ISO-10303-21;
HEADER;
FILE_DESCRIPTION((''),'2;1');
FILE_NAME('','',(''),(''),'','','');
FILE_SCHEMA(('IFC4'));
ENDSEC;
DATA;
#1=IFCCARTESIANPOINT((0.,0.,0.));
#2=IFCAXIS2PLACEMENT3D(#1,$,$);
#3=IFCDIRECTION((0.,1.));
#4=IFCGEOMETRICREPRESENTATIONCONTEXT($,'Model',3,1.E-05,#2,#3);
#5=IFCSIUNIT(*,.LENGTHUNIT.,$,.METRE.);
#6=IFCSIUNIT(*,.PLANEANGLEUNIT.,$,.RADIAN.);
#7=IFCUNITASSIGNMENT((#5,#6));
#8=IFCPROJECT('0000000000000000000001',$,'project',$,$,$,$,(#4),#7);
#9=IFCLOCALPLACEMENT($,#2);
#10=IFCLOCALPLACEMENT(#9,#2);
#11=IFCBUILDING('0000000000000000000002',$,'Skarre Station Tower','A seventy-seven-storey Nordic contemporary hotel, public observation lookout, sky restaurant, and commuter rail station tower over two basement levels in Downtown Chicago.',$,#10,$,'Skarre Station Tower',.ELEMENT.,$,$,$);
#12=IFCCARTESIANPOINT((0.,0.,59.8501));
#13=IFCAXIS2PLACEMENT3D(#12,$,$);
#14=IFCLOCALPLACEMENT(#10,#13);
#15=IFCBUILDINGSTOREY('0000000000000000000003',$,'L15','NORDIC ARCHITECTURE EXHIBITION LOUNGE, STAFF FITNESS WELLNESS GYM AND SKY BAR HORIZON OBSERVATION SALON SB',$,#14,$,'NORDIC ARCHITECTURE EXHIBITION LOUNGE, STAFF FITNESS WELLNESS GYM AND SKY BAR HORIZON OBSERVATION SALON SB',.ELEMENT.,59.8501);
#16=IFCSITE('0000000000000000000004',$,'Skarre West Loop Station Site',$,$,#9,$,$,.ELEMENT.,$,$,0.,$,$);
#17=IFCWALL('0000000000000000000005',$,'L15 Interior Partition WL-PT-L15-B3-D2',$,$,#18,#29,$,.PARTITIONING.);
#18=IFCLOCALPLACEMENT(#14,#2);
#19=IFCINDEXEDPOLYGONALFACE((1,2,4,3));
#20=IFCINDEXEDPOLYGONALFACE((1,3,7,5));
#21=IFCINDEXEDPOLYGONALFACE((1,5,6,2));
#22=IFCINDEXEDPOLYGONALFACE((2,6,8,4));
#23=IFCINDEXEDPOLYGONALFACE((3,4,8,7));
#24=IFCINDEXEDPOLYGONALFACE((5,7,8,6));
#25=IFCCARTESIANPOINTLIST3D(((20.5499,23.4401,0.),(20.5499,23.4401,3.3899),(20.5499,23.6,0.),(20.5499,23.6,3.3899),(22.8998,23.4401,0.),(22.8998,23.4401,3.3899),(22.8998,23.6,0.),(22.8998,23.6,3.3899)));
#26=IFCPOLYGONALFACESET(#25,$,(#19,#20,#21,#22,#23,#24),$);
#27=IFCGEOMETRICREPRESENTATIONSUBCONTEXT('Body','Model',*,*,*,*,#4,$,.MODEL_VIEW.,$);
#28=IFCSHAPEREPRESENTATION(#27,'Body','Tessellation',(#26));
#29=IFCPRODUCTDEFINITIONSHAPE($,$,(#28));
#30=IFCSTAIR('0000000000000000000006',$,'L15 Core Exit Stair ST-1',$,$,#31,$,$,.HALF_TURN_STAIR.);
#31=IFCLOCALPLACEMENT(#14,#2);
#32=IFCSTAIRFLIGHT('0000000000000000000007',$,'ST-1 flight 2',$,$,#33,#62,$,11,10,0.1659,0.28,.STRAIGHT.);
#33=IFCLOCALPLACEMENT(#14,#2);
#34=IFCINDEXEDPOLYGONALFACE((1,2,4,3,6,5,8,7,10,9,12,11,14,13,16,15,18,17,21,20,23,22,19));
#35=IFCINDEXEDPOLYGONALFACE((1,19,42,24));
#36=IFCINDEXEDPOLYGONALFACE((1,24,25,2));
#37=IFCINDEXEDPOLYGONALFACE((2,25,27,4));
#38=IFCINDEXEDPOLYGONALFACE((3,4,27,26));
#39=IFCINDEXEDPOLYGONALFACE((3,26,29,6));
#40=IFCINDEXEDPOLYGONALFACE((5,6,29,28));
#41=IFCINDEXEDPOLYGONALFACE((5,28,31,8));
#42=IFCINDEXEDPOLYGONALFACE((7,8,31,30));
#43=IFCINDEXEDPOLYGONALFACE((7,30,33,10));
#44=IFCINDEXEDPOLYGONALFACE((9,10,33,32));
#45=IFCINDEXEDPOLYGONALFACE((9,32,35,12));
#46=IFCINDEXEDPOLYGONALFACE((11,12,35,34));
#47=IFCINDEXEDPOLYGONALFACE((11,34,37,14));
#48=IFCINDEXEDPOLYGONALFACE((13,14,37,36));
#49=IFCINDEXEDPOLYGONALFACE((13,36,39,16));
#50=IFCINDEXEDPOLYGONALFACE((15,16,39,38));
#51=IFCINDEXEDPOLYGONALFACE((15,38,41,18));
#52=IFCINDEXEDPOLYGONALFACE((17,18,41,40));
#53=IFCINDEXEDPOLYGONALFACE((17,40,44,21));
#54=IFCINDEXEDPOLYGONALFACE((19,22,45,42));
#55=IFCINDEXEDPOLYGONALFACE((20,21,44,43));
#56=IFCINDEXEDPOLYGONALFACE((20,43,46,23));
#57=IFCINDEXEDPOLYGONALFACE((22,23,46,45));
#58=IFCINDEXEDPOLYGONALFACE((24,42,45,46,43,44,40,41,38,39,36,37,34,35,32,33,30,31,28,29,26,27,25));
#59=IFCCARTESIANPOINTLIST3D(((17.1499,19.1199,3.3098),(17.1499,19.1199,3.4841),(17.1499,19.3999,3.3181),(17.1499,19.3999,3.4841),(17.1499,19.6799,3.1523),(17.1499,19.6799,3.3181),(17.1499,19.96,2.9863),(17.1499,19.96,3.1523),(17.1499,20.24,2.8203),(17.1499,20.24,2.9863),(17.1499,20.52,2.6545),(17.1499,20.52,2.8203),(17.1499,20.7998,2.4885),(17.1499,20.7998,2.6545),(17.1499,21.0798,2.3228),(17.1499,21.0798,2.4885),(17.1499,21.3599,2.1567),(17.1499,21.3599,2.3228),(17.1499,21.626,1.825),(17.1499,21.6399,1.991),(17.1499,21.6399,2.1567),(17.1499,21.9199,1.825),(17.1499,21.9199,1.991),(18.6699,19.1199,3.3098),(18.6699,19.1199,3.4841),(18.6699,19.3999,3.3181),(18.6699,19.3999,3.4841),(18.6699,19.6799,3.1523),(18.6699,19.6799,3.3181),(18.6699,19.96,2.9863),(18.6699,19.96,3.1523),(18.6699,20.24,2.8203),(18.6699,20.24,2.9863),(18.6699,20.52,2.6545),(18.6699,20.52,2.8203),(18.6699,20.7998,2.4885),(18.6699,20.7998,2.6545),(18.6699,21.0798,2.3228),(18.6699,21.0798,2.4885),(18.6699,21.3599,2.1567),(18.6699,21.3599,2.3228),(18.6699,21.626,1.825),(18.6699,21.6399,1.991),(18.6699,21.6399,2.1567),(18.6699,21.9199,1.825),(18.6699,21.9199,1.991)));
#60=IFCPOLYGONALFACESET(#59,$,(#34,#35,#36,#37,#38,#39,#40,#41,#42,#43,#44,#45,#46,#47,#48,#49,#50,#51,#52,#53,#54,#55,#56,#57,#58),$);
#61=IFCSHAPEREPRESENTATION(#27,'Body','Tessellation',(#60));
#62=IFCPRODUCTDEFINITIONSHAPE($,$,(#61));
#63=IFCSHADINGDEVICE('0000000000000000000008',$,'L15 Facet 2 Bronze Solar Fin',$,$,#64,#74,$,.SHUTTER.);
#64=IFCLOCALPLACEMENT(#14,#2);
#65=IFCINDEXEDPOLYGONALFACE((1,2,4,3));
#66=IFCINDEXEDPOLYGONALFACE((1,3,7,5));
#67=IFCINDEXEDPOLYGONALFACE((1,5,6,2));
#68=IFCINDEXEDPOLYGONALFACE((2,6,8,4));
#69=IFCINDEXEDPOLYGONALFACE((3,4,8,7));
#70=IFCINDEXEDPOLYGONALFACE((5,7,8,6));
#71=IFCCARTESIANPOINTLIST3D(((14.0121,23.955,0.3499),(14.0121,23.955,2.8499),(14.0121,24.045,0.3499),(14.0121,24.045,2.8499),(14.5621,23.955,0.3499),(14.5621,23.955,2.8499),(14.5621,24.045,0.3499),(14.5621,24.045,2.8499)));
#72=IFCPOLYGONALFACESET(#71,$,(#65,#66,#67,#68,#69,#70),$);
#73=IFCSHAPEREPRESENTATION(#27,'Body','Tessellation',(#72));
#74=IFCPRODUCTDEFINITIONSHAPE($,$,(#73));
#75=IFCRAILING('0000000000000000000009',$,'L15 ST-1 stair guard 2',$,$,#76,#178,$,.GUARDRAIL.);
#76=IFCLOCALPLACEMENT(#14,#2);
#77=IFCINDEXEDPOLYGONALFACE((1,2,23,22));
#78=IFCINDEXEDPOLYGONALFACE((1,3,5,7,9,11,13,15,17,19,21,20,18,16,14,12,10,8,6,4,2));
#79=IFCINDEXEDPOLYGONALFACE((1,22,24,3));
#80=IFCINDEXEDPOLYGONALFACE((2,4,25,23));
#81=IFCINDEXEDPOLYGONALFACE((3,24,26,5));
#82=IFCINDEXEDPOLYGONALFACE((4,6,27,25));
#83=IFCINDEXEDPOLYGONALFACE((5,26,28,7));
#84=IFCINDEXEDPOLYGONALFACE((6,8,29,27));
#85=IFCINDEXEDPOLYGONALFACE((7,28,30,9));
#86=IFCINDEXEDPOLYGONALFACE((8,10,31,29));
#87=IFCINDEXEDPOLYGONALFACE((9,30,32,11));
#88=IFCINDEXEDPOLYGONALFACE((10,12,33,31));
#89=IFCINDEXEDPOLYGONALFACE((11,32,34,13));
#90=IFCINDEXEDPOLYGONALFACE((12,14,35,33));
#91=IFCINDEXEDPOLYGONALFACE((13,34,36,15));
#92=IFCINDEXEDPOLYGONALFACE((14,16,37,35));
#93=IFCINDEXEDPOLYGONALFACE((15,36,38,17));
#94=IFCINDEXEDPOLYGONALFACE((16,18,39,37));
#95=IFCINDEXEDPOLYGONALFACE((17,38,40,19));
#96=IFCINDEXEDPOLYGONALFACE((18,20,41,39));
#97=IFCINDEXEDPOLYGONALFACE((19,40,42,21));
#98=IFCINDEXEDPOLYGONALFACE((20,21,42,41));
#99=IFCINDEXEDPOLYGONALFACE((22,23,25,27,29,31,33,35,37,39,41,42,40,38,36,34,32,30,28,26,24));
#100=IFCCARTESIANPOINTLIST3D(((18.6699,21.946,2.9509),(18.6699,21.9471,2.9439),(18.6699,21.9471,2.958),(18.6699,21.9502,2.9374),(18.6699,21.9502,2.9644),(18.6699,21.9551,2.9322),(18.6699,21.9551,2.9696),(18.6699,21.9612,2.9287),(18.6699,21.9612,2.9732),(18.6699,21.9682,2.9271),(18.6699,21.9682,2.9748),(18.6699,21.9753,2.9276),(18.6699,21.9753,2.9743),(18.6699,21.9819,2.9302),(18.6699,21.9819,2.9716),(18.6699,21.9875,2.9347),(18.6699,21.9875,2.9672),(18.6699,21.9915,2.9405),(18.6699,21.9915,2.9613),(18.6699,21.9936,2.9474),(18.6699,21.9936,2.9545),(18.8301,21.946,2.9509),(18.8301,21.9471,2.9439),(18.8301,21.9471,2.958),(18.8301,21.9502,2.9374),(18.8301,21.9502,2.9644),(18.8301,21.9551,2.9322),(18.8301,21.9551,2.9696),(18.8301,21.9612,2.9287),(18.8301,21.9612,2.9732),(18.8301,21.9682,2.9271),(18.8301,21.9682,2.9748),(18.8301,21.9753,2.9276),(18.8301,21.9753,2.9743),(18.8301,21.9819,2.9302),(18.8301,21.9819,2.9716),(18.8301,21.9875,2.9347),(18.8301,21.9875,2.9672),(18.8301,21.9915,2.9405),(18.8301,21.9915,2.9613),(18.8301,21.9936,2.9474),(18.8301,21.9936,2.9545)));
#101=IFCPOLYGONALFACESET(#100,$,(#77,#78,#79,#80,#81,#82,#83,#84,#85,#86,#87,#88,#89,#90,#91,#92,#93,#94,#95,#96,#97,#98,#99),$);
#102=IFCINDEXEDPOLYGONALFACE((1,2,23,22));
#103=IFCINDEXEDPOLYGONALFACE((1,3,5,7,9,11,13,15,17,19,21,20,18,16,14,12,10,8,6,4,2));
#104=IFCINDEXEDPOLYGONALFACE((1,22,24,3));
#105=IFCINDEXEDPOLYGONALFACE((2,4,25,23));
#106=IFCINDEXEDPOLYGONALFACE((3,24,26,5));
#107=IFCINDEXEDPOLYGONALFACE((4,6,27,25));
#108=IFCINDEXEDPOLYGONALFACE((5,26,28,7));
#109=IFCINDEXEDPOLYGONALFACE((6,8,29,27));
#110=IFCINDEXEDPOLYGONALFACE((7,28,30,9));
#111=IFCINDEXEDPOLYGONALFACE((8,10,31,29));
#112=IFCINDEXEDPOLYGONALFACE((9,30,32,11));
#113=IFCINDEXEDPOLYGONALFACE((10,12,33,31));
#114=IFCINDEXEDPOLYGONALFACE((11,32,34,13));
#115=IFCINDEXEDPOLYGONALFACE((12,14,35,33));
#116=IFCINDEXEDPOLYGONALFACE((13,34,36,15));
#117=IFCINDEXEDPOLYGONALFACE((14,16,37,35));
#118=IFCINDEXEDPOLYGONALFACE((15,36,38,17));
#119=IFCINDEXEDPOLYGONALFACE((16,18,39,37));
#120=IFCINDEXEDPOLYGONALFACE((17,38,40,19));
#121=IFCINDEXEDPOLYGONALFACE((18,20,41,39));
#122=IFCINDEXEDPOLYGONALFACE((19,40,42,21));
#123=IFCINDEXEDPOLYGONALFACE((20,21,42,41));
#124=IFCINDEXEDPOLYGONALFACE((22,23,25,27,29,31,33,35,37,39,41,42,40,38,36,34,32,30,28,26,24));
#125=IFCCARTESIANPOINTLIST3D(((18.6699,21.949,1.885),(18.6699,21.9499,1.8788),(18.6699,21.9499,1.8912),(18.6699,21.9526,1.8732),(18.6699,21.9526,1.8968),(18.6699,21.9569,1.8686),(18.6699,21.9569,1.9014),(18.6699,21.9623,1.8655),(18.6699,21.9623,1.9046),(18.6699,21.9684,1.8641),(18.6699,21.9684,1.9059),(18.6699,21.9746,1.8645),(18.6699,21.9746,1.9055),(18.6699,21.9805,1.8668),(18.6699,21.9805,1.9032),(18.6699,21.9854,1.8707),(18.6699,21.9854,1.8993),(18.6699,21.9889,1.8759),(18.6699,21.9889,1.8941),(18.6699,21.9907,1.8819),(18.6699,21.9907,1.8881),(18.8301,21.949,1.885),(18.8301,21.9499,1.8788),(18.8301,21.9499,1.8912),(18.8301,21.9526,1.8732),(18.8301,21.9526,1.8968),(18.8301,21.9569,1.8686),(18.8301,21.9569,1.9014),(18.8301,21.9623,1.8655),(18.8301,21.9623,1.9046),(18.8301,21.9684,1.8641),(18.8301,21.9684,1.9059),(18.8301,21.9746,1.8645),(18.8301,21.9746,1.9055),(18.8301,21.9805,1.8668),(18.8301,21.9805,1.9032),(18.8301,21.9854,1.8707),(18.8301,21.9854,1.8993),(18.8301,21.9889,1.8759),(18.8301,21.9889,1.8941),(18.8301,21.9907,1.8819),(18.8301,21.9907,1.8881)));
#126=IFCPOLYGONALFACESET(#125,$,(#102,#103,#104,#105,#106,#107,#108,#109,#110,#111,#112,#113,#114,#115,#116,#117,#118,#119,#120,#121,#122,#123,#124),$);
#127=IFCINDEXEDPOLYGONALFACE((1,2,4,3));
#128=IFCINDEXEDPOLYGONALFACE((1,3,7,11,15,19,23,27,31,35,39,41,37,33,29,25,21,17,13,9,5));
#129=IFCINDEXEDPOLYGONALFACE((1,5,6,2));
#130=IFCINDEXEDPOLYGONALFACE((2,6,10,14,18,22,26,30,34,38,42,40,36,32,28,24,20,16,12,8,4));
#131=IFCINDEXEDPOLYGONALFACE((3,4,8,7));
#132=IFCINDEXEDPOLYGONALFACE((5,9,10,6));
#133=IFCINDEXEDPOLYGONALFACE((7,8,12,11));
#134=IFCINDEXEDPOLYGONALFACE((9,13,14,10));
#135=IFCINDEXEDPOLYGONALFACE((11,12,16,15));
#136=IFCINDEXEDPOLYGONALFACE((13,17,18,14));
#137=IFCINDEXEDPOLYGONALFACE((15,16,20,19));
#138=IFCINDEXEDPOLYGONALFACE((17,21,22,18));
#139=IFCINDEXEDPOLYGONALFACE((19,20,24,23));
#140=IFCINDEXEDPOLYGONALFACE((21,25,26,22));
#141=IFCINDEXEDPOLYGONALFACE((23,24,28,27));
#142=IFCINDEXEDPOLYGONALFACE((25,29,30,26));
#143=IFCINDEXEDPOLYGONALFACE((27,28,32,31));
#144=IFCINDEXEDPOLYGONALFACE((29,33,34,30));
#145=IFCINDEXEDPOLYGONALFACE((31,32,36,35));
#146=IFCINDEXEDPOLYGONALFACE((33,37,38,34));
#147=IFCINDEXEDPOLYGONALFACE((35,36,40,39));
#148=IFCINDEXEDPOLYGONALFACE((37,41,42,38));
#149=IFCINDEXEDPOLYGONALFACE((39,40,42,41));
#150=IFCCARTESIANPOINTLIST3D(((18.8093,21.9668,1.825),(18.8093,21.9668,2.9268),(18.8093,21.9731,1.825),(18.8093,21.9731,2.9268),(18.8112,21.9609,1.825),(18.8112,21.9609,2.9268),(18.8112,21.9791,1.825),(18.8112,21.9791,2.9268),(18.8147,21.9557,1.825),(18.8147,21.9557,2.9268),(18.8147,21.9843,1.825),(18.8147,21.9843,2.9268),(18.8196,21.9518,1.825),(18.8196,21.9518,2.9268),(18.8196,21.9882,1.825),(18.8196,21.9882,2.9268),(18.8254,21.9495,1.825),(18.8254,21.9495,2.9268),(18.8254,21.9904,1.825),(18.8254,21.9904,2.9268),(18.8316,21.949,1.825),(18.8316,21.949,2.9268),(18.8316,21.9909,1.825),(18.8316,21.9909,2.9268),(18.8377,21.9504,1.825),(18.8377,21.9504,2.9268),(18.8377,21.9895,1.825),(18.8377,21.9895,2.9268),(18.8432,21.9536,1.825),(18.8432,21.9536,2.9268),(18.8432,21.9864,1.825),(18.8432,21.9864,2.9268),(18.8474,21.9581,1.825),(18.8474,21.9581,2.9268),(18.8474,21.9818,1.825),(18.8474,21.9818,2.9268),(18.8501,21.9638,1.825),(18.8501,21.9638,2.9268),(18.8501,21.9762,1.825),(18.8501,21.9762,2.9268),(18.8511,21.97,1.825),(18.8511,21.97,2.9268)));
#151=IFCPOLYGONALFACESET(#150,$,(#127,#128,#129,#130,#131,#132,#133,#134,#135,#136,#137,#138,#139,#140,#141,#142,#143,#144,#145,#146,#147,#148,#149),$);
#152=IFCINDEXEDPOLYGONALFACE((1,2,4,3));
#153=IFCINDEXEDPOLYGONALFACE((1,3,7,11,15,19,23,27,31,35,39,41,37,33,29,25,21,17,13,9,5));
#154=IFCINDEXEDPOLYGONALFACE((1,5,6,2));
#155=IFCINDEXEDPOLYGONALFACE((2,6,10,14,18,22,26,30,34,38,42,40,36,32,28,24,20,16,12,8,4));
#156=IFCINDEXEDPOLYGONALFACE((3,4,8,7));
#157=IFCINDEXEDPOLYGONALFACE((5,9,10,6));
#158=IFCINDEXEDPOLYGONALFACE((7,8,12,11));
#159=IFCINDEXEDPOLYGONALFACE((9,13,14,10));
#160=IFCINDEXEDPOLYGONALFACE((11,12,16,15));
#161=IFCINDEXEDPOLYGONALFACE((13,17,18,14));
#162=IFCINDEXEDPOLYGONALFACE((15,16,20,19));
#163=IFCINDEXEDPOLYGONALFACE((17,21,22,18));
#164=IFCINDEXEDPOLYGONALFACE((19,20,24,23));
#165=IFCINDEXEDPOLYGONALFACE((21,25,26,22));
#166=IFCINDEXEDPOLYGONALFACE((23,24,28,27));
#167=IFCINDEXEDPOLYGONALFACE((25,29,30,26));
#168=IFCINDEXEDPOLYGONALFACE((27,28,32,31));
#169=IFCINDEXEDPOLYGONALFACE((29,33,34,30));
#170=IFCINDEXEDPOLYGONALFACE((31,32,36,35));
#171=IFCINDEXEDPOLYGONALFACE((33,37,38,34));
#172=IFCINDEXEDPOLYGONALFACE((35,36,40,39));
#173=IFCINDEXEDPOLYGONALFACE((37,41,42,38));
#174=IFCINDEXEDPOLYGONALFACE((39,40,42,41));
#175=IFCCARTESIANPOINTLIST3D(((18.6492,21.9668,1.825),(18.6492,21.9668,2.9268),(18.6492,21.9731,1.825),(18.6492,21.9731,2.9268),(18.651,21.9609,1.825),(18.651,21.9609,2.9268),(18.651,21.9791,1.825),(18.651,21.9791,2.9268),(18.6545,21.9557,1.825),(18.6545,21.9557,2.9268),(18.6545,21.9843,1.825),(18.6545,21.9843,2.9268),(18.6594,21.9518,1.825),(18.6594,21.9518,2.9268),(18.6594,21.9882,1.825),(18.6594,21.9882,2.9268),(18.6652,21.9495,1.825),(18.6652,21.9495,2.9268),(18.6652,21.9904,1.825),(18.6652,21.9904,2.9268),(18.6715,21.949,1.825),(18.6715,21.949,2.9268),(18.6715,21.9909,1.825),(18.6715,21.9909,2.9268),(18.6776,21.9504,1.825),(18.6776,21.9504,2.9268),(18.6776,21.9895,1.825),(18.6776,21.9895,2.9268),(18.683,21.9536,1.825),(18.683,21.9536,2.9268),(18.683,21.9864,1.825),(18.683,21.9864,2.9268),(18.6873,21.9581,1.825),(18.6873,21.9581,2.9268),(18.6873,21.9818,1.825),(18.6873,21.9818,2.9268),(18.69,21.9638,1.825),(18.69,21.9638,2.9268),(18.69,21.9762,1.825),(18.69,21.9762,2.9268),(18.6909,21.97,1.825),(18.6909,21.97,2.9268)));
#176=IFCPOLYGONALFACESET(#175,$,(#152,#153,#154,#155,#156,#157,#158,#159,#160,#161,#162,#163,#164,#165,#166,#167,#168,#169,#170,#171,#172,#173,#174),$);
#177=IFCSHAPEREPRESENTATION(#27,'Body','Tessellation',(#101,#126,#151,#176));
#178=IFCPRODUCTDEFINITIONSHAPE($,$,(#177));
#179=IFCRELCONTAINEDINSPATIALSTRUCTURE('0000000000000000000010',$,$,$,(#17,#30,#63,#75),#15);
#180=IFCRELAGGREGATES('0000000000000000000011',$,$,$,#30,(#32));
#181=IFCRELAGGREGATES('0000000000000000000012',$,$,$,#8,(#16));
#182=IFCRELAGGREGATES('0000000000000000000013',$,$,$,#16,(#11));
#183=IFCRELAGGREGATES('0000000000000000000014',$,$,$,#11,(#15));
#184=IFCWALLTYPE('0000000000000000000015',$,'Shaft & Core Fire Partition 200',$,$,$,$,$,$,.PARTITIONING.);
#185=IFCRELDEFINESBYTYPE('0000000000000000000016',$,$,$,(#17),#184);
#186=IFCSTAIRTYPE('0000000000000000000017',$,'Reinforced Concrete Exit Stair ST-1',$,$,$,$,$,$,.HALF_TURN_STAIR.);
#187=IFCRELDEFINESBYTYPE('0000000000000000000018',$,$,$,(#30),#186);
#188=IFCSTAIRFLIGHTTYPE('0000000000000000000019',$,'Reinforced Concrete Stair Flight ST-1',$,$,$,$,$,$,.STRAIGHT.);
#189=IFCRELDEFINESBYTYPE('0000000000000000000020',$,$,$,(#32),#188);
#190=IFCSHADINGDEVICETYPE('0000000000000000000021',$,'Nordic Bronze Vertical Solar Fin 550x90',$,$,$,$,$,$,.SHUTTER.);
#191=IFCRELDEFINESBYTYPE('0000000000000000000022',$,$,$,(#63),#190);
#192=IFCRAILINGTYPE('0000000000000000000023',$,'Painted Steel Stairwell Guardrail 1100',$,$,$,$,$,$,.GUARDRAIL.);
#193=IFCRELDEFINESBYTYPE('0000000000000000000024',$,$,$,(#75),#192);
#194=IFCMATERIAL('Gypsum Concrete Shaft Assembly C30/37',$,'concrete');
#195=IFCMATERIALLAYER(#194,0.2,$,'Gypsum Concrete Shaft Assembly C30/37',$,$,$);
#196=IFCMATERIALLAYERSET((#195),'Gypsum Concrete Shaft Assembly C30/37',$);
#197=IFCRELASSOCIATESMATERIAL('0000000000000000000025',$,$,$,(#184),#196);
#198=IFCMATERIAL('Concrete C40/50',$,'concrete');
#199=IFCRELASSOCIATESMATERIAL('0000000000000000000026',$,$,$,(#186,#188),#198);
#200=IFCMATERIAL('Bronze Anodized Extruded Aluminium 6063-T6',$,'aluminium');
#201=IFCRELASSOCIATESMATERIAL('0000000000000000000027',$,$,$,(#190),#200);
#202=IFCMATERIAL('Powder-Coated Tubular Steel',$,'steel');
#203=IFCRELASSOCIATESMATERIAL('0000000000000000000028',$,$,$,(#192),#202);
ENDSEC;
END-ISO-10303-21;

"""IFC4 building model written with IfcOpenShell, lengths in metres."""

from ifc_helpers import new_model, si_unit, direction, frame, frame_2d, origin, origin_2d, place, context, subcontext, project, spatial, polyline, rectangle, circle, outline, extrude, material, layer, layer_set, type_object, element, aggregate, save


model = new_model("IFC4")

# Units and contexts
model_context = context("Model", 3, precision=1e-05, world=origin(), true_north=direction((0.0, 1.0)))
body_context = subcontext(model_context, "Body", "Model", "MODEL_VIEW")
ifc_project = project(units=[si_unit("LENGTHUNIT", "METRE"), si_unit("PLANEANGLEUNIT", "RADIAN")], contexts=[model_context])

# Site, building, storey
site_placement = place(None, origin())
site = spatial("IfcSite", under=ifc_project, at=site_placement, Name="Skarre West Loop Station Site", CompositionType="ELEMENT", RefElevation=0.0)
building_placement = place(site_placement, origin())
building = spatial("IfcBuilding", under=site, at=building_placement, Name="Skarre Station Tower", Description="A seventy-seven-storey Nordic contemporary hotel, public observation lookout, sky restaurant, and commuter rail station tower over two basement levels in Downtown Chicago.", LongName="Skarre Station Tower", CompositionType="ELEMENT")
storey_placement = place(building_placement, frame((0.0, 0.0, 59.8501)))
storey = spatial("IfcBuildingStorey", under=building, at=storey_placement, Name="L15", Description="NORDIC ARCHITECTURE EXHIBITION LOUNGE, STAFF FITNESS WELLNESS GYM AND SKY BAR HORIZON OBSERVATION SALON SB", LongName="NORDIC ARCHITECTURE EXHIBITION LOUNGE, STAFF FITNESS WELLNESS GYM AND SKY BAR HORIZON OBSERVATION SALON SB", CompositionType="ELEMENT", Elevation=59.8501)

# Shared definitions
ifc_material_1 = material(Name="Gypsum Concrete Shaft Assembly C30/37", Category="concrete")
ifc_layer_1 = layer(ifc_material_1, 0.2, Name="Gypsum Concrete Shaft Assembly C30/37")
ifc_layer_set_1 = layer_set([ifc_layer_1], Name="Gypsum Concrete Shaft Assembly C30/37")
wall_type_1 = type_object("IfcWallType", Name="Shaft & Core Fire Partition 200", PredefinedType="PARTITIONING", material=ifc_layer_set_1)

# Wall
wall_1_placement = place(storey_placement, frame((20.55, 23.52, 0.0), z_axis=(0.0, 0.0, 1.0), x_axis=(1.0, 0.0, 0.0)))
element("IfcWall", 1, at=wall_1_placement, inside=storey, type_object=wall_type_1, Name="L15 Interior Partition WL-PT-L15-B3-D2", PredefinedType="PARTITIONING", context=body_context, shape_type="SweptSolid", body=[
    extrude(rectangle(XDim=2.3499, YDim=0.1599, at=frame_2d((1.1748, 0.0))), origin(), (0.0, 0.0, 1.0), 3.3899),
])

# Stair, stair flight
ifc_material_2 = material(Name="Concrete C40/50", Category="concrete")
stair_type = type_object("IfcStairType", Name="Reinforced Concrete Exit Stair ST-1", PredefinedType="HALF_TURN_STAIR", material=ifc_material_2)
stair_placement = place(storey_placement, origin())
stair = element("IfcStair", 2, at=stair_placement, inside=storey, type_object=stair_type, Name="L15 Core Exit Stair ST-1", PredefinedType="HALF_TURN_STAIR")
stair_flight_type = type_object("IfcStairFlightType", Name="Reinforced Concrete Stair Flight ST-1", PredefinedType="STRAIGHT", material=ifc_material_2)
stair_flight_placement = place(storey_placement, frame((17.9099, 21.9199, 1.825), z_axis=(0.0, 0.0, 1.0), x_axis=(0.0, -1.0, 0.0)))
stair_flight = element("IfcStairFlight", 3, at=stair_flight_placement, type_object=stair_flight_type, Name="ST-1 flight 2", NumberOfRisers=11, NumberOfTreads=10, PredefinedType="STRAIGHT", RiserHeight=0.1659, TreadLength=0.28, context=body_context, shape_type="SweptSolid", body=[
    extrude(outline(polyline([(0.0, 0.0), (0.0, 0.166), (0.28, 0.166), (0.28, 0.3318), (0.5601, 0.3318), (0.5601, 0.4978), (0.8401, 0.4978), (0.8401, 0.6636), (1.1201, 0.6636), (1.1201, 0.8296), (1.3999, 0.8296), (1.3999, 0.9954), (1.6799, 0.9954), (1.6799, 1.1614), (1.96, 1.1614), (1.96, 1.3274), (2.24, 1.3274), (2.24, 1.4932), (2.52, 1.4932), (2.52, 1.6592), (2.8, 1.6592), (2.8, 1.825), (2.8, 1.4849), (0.2939, 0.0), (0.0, 0.0)])), frame((0.0, 0.76, 0.0), z_axis=(0.0, -1.0, 0.0), x_axis=(1.0, 0.0, 0.0)), (0.0, 0.0, 1.0), 1.52),
])
aggregate(stair, [stair_flight])

# Shading device
ifc_material_3 = material(Name="Bronze Anodized Extruded Aluminium 6063-T6", Category="aluminium")
shading_device_type = type_object("IfcShadingDeviceType", Name="Nordic Bronze Vertical Solar Fin 550x90", PredefinedType="SHUTTER", material=ifc_material_3)
shading_device_placement = place(storey_placement, frame((14.2871, 24.0, 0.3499), z_axis=(0.0, 0.0, 1.0), x_axis=(-1.0, 0.0, 0.0)))
element("IfcShadingDevice", 4, at=shading_device_placement, inside=storey, type_object=shading_device_type, Name="L15 Facet 2 Bronze Solar Fin", PredefinedType="SHUTTER", context=body_context, shape_type="SweptSolid", body=[
    extrude(rectangle(XDim=0.55, YDim=0.0901, at=origin_2d()), origin(), (0.0, 0.0, 1.0), 2.5),
])

# Railing
ifc_material_4 = material(Name="Powder-Coated Tubular Steel", Category="steel")
railing_type = type_object("IfcRailingType", Name="Painted Steel Stairwell Guardrail 1100", PredefinedType="GUARDRAIL", material=ifc_material_4)
railing_1_placement = place(storey_placement, frame((18.8301, 21.97, 1.825)))
element("IfcRailing", 5, at=railing_1_placement, inside=storey, type_object=railing_type, Name="L15 ST-1 stair guard 2", PredefinedType="GUARDRAIL", context=body_context, shape_type="SweptSolid", body=[
    extrude(circle(Radius=0.0239, at=origin_2d()), frame((0.0, 0.0, 1.126), z_axis=(-1.0, 0.0, 0.0), x_axis=(0.0, -1.0, 0.0)), (0.0, 0.0, 1.0), 0.1602),
    extrude(circle(Radius=0.021, at=origin_2d()), frame((0.0, 0.0, 0.0601), z_axis=(-1.0, 0.0, 0.0), x_axis=(0.0, -1.0, 0.0)), (0.0, 0.0, 1.0), 0.1602),
    extrude(circle(Radius=0.021, at=origin_2d()), origin(), (0.0, 0.0, 1.0), 1.1018),
    extrude(circle(Radius=0.021, at=origin_2d()), frame((-0.1602, 0.0, 0.0)), (0.0, 0.0, 1.0), 1.1018),
])

save(model, "model.ifc")
